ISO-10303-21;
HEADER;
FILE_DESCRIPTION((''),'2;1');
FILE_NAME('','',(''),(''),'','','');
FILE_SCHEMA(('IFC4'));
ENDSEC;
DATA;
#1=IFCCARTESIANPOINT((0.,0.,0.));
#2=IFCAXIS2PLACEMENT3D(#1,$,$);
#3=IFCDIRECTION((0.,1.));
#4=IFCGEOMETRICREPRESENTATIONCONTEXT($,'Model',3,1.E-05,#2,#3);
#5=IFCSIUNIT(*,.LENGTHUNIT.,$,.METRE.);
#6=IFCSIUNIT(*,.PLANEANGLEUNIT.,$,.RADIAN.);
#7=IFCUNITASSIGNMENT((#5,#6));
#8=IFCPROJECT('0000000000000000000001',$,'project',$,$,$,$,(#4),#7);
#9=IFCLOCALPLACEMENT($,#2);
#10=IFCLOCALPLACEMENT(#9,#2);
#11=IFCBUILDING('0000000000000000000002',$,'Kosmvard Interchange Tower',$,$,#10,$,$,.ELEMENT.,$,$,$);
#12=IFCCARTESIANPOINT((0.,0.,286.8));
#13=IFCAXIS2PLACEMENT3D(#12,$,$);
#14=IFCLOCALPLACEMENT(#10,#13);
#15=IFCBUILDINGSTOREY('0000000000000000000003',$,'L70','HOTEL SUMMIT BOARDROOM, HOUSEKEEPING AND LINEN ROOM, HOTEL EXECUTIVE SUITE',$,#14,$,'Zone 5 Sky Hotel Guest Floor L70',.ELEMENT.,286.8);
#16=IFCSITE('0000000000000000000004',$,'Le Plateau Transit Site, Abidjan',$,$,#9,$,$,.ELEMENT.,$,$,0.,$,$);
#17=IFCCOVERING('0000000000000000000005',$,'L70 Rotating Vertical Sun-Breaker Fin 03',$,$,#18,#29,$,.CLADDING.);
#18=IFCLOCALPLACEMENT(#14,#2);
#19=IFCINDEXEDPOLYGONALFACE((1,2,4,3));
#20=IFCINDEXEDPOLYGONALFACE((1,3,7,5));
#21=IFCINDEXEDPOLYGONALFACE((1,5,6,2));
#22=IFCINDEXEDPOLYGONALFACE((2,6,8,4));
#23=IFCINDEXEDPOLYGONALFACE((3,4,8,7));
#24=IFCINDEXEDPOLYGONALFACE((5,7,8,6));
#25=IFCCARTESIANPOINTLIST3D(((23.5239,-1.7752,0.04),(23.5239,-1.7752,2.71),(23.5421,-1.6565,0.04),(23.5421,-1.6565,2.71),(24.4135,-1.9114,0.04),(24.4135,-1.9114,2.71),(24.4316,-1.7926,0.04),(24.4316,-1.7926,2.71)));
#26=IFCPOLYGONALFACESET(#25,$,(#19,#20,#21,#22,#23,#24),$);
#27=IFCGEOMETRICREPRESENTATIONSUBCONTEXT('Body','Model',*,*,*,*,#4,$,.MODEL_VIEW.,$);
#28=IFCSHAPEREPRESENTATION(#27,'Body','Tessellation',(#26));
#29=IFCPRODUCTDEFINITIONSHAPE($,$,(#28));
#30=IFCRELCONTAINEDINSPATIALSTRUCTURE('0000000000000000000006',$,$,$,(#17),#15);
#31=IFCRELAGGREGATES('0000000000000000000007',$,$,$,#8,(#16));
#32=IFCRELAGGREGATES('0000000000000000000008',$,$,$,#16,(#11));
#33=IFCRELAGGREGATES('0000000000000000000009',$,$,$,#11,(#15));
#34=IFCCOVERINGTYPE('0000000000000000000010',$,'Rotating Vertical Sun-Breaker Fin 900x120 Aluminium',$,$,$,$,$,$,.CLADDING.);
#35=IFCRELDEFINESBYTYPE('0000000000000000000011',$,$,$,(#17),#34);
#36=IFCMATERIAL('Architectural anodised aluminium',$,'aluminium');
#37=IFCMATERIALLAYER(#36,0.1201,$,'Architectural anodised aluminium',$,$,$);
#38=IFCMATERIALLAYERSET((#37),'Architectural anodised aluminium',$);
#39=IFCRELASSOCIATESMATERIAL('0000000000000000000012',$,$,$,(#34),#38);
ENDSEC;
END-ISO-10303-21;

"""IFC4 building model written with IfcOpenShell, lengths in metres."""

from ifc_helpers import new_model, si_unit, direction, frame, origin, origin_2d, place, context, subcontext, project, spatial, rectangle, extrude, source, transform, mapped, material, layer, layer_set, type_object, element, save


model = new_model("IFC4")

# Units and contexts
model_context = context("Model", 3, precision=1e-05, world=origin(), true_north=direction((0.0, 1.0)))
body_context = subcontext(model_context, "Body", "Model", "MODEL_VIEW")
ifc_project = project(units=[si_unit("LENGTHUNIT", "METRE"), si_unit("PLANEANGLEUNIT", "RADIAN")], contexts=[model_context])

# Site, building, storey
site_placement = place(None, origin())
site = spatial("IfcSite", under=ifc_project, at=site_placement, Name="Le Plateau Transit Site, Abidjan", CompositionType="ELEMENT", RefElevation=0.0)
building_placement = place(site_placement, origin())
building = spatial("IfcBuilding", under=site, at=building_placement, Name="Kosmvard Interchange Tower", CompositionType="ELEMENT")
storey_placement = place(building_placement, frame((0.0, 0.0, 286.8)))
storey = spatial("IfcBuildingStorey", under=building, at=storey_placement, Name="L70", Description="HOTEL SUMMIT BOARDROOM, HOUSEKEEPING AND LINEN ROOM, HOTEL EXECUTIVE SUITE", LongName="Zone 5 Sky Hotel Guest Floor L70", CompositionType="ELEMENT", Elevation=286.8)

# Covering
ifc_material_1 = material(Name="Architectural anodised aluminium", Category="aluminium")
ifc_layer_1 = layer(ifc_material_1, 0.1201, Name="Architectural anodised aluminium")
ifc_layer_set_1 = layer_set([ifc_layer_1], Name="Architectural anodised aluminium")
covering_type = type_object("IfcCoveringType", Name="Rotating Vertical Sun-Breaker Fin 900x120 Aluminium", PredefinedType="CLADDING", material=ifc_layer_set_1)
shared_shape_1 = source(origin(), body_context, "Body", "SweptSolid", [
    extrude(rectangle(XDim=0.8999, YDim=0.1201, at=origin_2d()), origin(), (0.0, 0.0, 1.0), 2.6699),
])
covering_placement = place(storey_placement, frame((23.9778, -1.7839, 0.04), z_axis=(0.0, 0.0, 1.0), x_axis=(0.988494, -0.151261, 0.0)))
element("IfcCovering", 1, at=covering_placement, inside=storey, type_object=covering_type, Name="L70 Rotating Vertical Sun-Breaker Fin 03", PredefinedType="CLADDING", context=body_context, shape_type="MappedRepresentation", body=[
    mapped(shared_shape_1, transform((0.0, 0.0, 0.0), scale=1.0)),
])

save(model, "model.ifc")
